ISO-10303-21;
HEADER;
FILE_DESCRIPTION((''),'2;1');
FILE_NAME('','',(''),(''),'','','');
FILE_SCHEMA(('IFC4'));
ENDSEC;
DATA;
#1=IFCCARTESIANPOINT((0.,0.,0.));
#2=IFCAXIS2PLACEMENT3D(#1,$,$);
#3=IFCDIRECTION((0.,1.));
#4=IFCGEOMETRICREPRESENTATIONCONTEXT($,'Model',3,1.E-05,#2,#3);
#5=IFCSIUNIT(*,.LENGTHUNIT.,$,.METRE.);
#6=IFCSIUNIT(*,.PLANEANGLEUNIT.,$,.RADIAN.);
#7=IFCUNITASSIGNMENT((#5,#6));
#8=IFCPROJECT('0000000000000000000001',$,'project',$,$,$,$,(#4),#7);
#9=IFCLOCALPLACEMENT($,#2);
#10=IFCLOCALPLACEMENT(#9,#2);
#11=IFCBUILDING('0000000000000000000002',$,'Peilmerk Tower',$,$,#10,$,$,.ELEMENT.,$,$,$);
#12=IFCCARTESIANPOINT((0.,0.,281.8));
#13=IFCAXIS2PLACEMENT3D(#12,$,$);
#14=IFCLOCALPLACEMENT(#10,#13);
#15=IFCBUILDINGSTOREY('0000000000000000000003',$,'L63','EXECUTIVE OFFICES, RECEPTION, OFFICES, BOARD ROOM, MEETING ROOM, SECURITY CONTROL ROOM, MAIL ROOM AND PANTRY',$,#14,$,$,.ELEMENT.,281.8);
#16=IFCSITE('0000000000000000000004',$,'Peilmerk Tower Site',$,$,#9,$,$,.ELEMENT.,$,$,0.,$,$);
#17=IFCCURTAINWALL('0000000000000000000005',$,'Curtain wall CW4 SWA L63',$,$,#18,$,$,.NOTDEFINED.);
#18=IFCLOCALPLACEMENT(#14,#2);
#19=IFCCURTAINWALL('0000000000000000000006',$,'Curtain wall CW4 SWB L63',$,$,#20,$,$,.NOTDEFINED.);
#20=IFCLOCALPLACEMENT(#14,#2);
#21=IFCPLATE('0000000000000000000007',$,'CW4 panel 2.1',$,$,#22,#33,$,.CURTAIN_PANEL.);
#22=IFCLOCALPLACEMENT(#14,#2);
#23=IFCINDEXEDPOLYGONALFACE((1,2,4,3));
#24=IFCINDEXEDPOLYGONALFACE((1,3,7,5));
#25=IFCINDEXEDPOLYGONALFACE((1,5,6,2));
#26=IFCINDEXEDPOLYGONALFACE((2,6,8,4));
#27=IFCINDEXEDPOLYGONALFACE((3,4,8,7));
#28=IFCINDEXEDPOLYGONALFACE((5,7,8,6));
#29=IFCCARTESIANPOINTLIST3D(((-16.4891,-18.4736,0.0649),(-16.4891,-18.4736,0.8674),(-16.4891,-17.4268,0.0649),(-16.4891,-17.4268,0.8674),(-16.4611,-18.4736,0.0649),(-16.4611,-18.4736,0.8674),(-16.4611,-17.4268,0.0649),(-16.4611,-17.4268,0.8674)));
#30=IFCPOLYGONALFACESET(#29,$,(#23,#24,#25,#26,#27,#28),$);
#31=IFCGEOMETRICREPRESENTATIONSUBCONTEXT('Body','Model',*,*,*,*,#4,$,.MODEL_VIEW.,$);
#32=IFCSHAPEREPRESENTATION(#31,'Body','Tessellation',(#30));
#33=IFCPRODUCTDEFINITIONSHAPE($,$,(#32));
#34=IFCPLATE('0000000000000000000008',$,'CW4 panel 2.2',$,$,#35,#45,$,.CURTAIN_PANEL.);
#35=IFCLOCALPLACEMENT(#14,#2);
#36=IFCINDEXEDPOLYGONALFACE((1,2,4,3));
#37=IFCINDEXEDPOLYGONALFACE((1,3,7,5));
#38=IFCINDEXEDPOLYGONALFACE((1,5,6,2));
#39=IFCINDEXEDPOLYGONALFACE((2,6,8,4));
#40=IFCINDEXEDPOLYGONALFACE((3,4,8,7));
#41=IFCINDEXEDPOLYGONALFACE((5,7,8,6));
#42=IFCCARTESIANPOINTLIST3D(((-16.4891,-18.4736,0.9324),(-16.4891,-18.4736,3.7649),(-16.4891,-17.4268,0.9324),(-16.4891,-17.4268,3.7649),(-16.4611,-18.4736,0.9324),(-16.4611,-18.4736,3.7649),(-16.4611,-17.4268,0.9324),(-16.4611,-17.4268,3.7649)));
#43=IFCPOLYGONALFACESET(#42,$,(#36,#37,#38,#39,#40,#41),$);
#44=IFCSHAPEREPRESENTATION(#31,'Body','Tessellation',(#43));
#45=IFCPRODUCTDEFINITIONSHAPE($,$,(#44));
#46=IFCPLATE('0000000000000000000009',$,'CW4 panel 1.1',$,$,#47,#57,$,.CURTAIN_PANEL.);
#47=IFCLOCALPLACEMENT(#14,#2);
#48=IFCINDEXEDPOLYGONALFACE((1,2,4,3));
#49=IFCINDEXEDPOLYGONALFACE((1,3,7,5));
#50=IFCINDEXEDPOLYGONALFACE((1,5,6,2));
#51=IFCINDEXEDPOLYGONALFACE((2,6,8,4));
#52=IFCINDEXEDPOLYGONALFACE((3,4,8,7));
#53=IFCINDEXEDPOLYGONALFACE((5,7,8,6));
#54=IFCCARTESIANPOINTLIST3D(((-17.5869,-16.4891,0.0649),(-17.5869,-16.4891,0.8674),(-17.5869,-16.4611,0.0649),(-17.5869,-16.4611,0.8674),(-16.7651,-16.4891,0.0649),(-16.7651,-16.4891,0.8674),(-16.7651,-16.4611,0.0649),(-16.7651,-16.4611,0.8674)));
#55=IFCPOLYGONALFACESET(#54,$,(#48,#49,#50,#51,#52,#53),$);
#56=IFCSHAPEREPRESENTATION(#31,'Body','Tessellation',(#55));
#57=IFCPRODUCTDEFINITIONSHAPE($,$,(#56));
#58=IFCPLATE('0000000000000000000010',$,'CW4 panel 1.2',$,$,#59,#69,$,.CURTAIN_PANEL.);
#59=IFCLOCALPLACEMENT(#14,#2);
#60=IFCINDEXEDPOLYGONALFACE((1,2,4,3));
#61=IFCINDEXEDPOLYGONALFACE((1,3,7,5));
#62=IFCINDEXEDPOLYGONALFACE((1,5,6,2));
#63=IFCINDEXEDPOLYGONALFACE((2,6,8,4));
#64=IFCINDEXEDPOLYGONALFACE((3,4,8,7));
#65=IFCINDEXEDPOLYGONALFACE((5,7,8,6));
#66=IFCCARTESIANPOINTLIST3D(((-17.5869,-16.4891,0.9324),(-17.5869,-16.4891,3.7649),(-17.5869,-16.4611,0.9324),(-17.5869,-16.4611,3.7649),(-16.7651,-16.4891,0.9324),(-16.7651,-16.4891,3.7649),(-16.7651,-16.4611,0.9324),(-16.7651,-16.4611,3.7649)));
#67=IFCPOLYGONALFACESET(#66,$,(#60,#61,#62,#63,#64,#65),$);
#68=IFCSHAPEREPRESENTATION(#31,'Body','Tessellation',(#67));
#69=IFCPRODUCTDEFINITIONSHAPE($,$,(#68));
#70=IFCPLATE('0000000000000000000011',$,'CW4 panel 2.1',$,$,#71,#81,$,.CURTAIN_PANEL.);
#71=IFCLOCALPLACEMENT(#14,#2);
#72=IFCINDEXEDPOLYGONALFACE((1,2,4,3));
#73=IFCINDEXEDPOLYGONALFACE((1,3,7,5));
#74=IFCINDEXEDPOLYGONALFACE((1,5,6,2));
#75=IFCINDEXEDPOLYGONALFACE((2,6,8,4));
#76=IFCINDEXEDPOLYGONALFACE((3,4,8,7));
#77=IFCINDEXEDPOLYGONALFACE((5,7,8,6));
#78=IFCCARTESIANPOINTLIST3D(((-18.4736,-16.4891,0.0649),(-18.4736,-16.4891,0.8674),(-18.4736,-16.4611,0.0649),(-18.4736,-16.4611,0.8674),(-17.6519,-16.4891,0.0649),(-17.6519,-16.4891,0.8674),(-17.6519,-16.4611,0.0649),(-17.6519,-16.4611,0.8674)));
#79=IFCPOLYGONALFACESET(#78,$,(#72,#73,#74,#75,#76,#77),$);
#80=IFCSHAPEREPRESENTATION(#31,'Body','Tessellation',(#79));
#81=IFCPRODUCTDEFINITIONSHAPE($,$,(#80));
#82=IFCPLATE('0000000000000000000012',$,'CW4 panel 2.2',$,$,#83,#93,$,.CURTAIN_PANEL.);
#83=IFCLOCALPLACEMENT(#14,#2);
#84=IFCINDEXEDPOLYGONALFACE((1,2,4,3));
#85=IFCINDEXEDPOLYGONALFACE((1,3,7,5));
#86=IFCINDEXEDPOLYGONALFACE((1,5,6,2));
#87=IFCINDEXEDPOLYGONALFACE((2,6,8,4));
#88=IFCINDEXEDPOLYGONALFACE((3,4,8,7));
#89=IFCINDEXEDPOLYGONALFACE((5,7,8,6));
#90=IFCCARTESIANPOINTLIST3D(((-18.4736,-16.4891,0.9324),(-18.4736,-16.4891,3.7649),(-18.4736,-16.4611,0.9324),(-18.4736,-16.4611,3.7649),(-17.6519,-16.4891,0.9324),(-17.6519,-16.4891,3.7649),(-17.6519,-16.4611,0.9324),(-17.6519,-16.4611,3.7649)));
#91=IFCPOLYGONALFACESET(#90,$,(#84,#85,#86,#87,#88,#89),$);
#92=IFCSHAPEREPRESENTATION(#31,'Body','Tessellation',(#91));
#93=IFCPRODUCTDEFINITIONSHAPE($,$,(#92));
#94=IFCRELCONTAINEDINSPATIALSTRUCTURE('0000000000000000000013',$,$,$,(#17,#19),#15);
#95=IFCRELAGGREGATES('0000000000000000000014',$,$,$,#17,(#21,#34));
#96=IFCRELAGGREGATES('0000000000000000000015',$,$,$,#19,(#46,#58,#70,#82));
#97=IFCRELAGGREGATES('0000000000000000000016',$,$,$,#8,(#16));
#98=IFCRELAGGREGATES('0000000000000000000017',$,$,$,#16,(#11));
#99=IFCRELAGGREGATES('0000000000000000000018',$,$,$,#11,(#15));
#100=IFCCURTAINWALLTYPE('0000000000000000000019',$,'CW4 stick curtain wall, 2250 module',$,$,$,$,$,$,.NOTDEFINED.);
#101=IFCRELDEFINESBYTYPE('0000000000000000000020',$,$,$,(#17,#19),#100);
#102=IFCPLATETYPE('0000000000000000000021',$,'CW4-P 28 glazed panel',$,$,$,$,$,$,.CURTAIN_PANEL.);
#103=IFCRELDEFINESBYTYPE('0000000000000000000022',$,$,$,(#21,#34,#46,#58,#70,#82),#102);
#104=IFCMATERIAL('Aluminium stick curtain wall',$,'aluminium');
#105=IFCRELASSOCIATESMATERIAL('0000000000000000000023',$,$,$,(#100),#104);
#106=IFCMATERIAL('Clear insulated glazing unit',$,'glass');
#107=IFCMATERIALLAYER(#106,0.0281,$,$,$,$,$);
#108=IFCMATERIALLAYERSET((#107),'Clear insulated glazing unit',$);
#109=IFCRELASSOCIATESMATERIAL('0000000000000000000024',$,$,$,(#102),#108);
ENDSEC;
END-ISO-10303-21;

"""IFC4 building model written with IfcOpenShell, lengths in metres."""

from ifc_helpers import new_model, si_unit, direction, frame, origin, origin_2d, place, context, subcontext, project, spatial, rectangle, extrude, material, layer, layer_set, type_object, element, aggregate, save


model = new_model("IFC4")

# Units and contexts
model_context = context("Model", 3, precision=1e-05, world=origin(), true_north=direction((0.0, 1.0)))
body_context = subcontext(model_context, "Body", "Model", "MODEL_VIEW")
ifc_project = project(units=[si_unit("LENGTHUNIT", "METRE"), si_unit("PLANEANGLEUNIT", "RADIAN")], contexts=[model_context])

# Site, building, storey
site_placement = place(None, origin())
site = spatial("IfcSite", under=ifc_project, at=site_placement, Name="Peilmerk Tower Site", CompositionType="ELEMENT", RefElevation=0.0)
building_placement = place(site_placement, origin())
building = spatial("IfcBuilding", under=site, at=building_placement, Name="Peilmerk Tower", CompositionType="ELEMENT")
storey_placement = place(building_placement, frame((0.0, 0.0, 281.8)))
storey = spatial("IfcBuildingStorey", under=building, at=storey_placement, Name="L63", Description="EXECUTIVE OFFICES, RECEPTION, OFFICES, BOARD ROOM, MEETING ROOM, SECURITY CONTROL ROOM, MAIL ROOM AND PANTRY", CompositionType="ELEMENT", Elevation=281.8)

# Curtain wall
ifc_material_1 = material(Name="Aluminium stick curtain wall", Category="aluminium")
curtain_wall_type = type_object("IfcCurtainWallType", Name="CW4 stick curtain wall, 2250 module", PredefinedType="NOTDEFINED", material=ifc_material_1)
curtain_wall_1_placement = place(storey_placement, origin())
curtain_wall_1 = element("IfcCurtainWall", 1, at=curtain_wall_1_placement, inside=storey, type_object=curtain_wall_type, Name="Curtain wall CW4 SWA L63", PredefinedType="NOTDEFINED")

# Curtain wall
curtain_wall_2_placement = place(storey_placement, origin())
curtain_wall_2 = element("IfcCurtainWall", 2, at=curtain_wall_2_placement, inside=storey, type_object=curtain_wall_type, Name="Curtain wall CW4 SWB L63", PredefinedType="NOTDEFINED")

# Plates
ifc_material_2 = material(Name="Clear insulated glazing unit", Category="glass")
ifc_layer_1 = layer(ifc_material_2, 0.0281)
ifc_layer_set_1 = layer_set([ifc_layer_1], Name="Clear insulated glazing unit")
plate_type = type_object("IfcPlateType", Name="CW4-P 28 glazed panel", PredefinedType="CURTAIN_PANEL", material=ifc_layer_set_1)
plate_1_placement = place(storey_placement, frame((-16.4751, -17.9502, 0.0649), z_axis=(0.0, 0.0, 1.0), x_axis=(0.0, -1.0, 0.0)))
plate_1 = element("IfcPlate", 3, at=plate_1_placement, type_object=plate_type, Name="CW4 panel 2.1", PredefinedType="CURTAIN_PANEL", context=body_context, shape_type="SweptSolid", body=[
    extrude(rectangle(XDim=1.0469, YDim=0.0281, at=origin_2d()), origin(), (0.0, 0.0, 1.0), 0.8025),
])
plate_2_placement = place(storey_placement, frame((-16.4751, -17.9502, 0.9324), z_axis=(0.0, 0.0, 1.0), x_axis=(0.0, -1.0, 0.0)))
plate_2 = element("IfcPlate", 4, at=plate_2_placement, type_object=plate_type, Name="CW4 panel 2.2", PredefinedType="CURTAIN_PANEL", context=body_context, shape_type="SweptSolid", body=[
    extrude(rectangle(XDim=1.0469, YDim=0.0281, at=origin_2d()), origin(), (0.0, 0.0, 1.0), 2.8325),
])
aggregate(curtain_wall_1, [plate_1, plate_2])
plate_3_placement = place(storey_placement, frame((-17.176, -16.4751, 0.0649), z_axis=(0.0, 0.0, 1.0), x_axis=(-1.0, 0.0, 0.0)))
plate_3 = element("IfcPlate", 5, at=plate_3_placement, type_object=plate_type, Name="CW4 panel 1.1", PredefinedType="CURTAIN_PANEL", context=body_context, shape_type="SweptSolid", body=[
    extrude(rectangle(XDim=0.8218, YDim=0.0281, at=origin_2d()), origin(), (0.0, 0.0, 1.0), 0.8025),
])
plate_4_placement = place(storey_placement, frame((-17.176, -16.4751, 0.9324), z_axis=(0.0, 0.0, 1.0), x_axis=(-1.0, 0.0, 0.0)))
plate_4 = element("IfcPlate", 6, at=plate_4_placement, type_object=plate_type, Name="CW4 panel 1.2", PredefinedType="CURTAIN_PANEL", context=body_context, shape_type="SweptSolid", body=[
    extrude(rectangle(XDim=0.8218, YDim=0.0281, at=origin_2d()), origin(), (0.0, 0.0, 1.0), 2.8325),
])
plate_5_placement = place(storey_placement, frame((-18.0627, -16.4751, 0.0649), z_axis=(0.0, 0.0, 1.0), x_axis=(-1.0, 0.0, 0.0)))
plate_5 = element("IfcPlate", 7, at=plate_5_placement, type_object=plate_type, Name="CW4 panel 2.1", PredefinedType="CURTAIN_PANEL", context=body_context, shape_type="SweptSolid", body=[
    extrude(rectangle(XDim=0.8218, YDim=0.0281, at=origin_2d()), origin(), (0.0, 0.0, 1.0), 0.8025),
])
plate_6_placement = place(storey_placement, frame((-18.0627, -16.4751, 0.9324), z_axis=(0.0, 0.0, 1.0), x_axis=(-1.0, 0.0, 0.0)))
plate_6 = element("IfcPlate", 8, at=plate_6_placement, type_object=plate_type, Name="CW4 panel 2.2", PredefinedType="CURTAIN_PANEL", context=body_context, shape_type="SweptSolid", body=[
    extrude(rectangle(XDim=0.8218, YDim=0.0281, at=origin_2d()), origin(), (0.0, 0.0, 1.0), 2.8325),
])
aggregate(curtain_wall_2, [plate_3, plate_4, plate_5, plate_6])

save(model, "model.ifc")
